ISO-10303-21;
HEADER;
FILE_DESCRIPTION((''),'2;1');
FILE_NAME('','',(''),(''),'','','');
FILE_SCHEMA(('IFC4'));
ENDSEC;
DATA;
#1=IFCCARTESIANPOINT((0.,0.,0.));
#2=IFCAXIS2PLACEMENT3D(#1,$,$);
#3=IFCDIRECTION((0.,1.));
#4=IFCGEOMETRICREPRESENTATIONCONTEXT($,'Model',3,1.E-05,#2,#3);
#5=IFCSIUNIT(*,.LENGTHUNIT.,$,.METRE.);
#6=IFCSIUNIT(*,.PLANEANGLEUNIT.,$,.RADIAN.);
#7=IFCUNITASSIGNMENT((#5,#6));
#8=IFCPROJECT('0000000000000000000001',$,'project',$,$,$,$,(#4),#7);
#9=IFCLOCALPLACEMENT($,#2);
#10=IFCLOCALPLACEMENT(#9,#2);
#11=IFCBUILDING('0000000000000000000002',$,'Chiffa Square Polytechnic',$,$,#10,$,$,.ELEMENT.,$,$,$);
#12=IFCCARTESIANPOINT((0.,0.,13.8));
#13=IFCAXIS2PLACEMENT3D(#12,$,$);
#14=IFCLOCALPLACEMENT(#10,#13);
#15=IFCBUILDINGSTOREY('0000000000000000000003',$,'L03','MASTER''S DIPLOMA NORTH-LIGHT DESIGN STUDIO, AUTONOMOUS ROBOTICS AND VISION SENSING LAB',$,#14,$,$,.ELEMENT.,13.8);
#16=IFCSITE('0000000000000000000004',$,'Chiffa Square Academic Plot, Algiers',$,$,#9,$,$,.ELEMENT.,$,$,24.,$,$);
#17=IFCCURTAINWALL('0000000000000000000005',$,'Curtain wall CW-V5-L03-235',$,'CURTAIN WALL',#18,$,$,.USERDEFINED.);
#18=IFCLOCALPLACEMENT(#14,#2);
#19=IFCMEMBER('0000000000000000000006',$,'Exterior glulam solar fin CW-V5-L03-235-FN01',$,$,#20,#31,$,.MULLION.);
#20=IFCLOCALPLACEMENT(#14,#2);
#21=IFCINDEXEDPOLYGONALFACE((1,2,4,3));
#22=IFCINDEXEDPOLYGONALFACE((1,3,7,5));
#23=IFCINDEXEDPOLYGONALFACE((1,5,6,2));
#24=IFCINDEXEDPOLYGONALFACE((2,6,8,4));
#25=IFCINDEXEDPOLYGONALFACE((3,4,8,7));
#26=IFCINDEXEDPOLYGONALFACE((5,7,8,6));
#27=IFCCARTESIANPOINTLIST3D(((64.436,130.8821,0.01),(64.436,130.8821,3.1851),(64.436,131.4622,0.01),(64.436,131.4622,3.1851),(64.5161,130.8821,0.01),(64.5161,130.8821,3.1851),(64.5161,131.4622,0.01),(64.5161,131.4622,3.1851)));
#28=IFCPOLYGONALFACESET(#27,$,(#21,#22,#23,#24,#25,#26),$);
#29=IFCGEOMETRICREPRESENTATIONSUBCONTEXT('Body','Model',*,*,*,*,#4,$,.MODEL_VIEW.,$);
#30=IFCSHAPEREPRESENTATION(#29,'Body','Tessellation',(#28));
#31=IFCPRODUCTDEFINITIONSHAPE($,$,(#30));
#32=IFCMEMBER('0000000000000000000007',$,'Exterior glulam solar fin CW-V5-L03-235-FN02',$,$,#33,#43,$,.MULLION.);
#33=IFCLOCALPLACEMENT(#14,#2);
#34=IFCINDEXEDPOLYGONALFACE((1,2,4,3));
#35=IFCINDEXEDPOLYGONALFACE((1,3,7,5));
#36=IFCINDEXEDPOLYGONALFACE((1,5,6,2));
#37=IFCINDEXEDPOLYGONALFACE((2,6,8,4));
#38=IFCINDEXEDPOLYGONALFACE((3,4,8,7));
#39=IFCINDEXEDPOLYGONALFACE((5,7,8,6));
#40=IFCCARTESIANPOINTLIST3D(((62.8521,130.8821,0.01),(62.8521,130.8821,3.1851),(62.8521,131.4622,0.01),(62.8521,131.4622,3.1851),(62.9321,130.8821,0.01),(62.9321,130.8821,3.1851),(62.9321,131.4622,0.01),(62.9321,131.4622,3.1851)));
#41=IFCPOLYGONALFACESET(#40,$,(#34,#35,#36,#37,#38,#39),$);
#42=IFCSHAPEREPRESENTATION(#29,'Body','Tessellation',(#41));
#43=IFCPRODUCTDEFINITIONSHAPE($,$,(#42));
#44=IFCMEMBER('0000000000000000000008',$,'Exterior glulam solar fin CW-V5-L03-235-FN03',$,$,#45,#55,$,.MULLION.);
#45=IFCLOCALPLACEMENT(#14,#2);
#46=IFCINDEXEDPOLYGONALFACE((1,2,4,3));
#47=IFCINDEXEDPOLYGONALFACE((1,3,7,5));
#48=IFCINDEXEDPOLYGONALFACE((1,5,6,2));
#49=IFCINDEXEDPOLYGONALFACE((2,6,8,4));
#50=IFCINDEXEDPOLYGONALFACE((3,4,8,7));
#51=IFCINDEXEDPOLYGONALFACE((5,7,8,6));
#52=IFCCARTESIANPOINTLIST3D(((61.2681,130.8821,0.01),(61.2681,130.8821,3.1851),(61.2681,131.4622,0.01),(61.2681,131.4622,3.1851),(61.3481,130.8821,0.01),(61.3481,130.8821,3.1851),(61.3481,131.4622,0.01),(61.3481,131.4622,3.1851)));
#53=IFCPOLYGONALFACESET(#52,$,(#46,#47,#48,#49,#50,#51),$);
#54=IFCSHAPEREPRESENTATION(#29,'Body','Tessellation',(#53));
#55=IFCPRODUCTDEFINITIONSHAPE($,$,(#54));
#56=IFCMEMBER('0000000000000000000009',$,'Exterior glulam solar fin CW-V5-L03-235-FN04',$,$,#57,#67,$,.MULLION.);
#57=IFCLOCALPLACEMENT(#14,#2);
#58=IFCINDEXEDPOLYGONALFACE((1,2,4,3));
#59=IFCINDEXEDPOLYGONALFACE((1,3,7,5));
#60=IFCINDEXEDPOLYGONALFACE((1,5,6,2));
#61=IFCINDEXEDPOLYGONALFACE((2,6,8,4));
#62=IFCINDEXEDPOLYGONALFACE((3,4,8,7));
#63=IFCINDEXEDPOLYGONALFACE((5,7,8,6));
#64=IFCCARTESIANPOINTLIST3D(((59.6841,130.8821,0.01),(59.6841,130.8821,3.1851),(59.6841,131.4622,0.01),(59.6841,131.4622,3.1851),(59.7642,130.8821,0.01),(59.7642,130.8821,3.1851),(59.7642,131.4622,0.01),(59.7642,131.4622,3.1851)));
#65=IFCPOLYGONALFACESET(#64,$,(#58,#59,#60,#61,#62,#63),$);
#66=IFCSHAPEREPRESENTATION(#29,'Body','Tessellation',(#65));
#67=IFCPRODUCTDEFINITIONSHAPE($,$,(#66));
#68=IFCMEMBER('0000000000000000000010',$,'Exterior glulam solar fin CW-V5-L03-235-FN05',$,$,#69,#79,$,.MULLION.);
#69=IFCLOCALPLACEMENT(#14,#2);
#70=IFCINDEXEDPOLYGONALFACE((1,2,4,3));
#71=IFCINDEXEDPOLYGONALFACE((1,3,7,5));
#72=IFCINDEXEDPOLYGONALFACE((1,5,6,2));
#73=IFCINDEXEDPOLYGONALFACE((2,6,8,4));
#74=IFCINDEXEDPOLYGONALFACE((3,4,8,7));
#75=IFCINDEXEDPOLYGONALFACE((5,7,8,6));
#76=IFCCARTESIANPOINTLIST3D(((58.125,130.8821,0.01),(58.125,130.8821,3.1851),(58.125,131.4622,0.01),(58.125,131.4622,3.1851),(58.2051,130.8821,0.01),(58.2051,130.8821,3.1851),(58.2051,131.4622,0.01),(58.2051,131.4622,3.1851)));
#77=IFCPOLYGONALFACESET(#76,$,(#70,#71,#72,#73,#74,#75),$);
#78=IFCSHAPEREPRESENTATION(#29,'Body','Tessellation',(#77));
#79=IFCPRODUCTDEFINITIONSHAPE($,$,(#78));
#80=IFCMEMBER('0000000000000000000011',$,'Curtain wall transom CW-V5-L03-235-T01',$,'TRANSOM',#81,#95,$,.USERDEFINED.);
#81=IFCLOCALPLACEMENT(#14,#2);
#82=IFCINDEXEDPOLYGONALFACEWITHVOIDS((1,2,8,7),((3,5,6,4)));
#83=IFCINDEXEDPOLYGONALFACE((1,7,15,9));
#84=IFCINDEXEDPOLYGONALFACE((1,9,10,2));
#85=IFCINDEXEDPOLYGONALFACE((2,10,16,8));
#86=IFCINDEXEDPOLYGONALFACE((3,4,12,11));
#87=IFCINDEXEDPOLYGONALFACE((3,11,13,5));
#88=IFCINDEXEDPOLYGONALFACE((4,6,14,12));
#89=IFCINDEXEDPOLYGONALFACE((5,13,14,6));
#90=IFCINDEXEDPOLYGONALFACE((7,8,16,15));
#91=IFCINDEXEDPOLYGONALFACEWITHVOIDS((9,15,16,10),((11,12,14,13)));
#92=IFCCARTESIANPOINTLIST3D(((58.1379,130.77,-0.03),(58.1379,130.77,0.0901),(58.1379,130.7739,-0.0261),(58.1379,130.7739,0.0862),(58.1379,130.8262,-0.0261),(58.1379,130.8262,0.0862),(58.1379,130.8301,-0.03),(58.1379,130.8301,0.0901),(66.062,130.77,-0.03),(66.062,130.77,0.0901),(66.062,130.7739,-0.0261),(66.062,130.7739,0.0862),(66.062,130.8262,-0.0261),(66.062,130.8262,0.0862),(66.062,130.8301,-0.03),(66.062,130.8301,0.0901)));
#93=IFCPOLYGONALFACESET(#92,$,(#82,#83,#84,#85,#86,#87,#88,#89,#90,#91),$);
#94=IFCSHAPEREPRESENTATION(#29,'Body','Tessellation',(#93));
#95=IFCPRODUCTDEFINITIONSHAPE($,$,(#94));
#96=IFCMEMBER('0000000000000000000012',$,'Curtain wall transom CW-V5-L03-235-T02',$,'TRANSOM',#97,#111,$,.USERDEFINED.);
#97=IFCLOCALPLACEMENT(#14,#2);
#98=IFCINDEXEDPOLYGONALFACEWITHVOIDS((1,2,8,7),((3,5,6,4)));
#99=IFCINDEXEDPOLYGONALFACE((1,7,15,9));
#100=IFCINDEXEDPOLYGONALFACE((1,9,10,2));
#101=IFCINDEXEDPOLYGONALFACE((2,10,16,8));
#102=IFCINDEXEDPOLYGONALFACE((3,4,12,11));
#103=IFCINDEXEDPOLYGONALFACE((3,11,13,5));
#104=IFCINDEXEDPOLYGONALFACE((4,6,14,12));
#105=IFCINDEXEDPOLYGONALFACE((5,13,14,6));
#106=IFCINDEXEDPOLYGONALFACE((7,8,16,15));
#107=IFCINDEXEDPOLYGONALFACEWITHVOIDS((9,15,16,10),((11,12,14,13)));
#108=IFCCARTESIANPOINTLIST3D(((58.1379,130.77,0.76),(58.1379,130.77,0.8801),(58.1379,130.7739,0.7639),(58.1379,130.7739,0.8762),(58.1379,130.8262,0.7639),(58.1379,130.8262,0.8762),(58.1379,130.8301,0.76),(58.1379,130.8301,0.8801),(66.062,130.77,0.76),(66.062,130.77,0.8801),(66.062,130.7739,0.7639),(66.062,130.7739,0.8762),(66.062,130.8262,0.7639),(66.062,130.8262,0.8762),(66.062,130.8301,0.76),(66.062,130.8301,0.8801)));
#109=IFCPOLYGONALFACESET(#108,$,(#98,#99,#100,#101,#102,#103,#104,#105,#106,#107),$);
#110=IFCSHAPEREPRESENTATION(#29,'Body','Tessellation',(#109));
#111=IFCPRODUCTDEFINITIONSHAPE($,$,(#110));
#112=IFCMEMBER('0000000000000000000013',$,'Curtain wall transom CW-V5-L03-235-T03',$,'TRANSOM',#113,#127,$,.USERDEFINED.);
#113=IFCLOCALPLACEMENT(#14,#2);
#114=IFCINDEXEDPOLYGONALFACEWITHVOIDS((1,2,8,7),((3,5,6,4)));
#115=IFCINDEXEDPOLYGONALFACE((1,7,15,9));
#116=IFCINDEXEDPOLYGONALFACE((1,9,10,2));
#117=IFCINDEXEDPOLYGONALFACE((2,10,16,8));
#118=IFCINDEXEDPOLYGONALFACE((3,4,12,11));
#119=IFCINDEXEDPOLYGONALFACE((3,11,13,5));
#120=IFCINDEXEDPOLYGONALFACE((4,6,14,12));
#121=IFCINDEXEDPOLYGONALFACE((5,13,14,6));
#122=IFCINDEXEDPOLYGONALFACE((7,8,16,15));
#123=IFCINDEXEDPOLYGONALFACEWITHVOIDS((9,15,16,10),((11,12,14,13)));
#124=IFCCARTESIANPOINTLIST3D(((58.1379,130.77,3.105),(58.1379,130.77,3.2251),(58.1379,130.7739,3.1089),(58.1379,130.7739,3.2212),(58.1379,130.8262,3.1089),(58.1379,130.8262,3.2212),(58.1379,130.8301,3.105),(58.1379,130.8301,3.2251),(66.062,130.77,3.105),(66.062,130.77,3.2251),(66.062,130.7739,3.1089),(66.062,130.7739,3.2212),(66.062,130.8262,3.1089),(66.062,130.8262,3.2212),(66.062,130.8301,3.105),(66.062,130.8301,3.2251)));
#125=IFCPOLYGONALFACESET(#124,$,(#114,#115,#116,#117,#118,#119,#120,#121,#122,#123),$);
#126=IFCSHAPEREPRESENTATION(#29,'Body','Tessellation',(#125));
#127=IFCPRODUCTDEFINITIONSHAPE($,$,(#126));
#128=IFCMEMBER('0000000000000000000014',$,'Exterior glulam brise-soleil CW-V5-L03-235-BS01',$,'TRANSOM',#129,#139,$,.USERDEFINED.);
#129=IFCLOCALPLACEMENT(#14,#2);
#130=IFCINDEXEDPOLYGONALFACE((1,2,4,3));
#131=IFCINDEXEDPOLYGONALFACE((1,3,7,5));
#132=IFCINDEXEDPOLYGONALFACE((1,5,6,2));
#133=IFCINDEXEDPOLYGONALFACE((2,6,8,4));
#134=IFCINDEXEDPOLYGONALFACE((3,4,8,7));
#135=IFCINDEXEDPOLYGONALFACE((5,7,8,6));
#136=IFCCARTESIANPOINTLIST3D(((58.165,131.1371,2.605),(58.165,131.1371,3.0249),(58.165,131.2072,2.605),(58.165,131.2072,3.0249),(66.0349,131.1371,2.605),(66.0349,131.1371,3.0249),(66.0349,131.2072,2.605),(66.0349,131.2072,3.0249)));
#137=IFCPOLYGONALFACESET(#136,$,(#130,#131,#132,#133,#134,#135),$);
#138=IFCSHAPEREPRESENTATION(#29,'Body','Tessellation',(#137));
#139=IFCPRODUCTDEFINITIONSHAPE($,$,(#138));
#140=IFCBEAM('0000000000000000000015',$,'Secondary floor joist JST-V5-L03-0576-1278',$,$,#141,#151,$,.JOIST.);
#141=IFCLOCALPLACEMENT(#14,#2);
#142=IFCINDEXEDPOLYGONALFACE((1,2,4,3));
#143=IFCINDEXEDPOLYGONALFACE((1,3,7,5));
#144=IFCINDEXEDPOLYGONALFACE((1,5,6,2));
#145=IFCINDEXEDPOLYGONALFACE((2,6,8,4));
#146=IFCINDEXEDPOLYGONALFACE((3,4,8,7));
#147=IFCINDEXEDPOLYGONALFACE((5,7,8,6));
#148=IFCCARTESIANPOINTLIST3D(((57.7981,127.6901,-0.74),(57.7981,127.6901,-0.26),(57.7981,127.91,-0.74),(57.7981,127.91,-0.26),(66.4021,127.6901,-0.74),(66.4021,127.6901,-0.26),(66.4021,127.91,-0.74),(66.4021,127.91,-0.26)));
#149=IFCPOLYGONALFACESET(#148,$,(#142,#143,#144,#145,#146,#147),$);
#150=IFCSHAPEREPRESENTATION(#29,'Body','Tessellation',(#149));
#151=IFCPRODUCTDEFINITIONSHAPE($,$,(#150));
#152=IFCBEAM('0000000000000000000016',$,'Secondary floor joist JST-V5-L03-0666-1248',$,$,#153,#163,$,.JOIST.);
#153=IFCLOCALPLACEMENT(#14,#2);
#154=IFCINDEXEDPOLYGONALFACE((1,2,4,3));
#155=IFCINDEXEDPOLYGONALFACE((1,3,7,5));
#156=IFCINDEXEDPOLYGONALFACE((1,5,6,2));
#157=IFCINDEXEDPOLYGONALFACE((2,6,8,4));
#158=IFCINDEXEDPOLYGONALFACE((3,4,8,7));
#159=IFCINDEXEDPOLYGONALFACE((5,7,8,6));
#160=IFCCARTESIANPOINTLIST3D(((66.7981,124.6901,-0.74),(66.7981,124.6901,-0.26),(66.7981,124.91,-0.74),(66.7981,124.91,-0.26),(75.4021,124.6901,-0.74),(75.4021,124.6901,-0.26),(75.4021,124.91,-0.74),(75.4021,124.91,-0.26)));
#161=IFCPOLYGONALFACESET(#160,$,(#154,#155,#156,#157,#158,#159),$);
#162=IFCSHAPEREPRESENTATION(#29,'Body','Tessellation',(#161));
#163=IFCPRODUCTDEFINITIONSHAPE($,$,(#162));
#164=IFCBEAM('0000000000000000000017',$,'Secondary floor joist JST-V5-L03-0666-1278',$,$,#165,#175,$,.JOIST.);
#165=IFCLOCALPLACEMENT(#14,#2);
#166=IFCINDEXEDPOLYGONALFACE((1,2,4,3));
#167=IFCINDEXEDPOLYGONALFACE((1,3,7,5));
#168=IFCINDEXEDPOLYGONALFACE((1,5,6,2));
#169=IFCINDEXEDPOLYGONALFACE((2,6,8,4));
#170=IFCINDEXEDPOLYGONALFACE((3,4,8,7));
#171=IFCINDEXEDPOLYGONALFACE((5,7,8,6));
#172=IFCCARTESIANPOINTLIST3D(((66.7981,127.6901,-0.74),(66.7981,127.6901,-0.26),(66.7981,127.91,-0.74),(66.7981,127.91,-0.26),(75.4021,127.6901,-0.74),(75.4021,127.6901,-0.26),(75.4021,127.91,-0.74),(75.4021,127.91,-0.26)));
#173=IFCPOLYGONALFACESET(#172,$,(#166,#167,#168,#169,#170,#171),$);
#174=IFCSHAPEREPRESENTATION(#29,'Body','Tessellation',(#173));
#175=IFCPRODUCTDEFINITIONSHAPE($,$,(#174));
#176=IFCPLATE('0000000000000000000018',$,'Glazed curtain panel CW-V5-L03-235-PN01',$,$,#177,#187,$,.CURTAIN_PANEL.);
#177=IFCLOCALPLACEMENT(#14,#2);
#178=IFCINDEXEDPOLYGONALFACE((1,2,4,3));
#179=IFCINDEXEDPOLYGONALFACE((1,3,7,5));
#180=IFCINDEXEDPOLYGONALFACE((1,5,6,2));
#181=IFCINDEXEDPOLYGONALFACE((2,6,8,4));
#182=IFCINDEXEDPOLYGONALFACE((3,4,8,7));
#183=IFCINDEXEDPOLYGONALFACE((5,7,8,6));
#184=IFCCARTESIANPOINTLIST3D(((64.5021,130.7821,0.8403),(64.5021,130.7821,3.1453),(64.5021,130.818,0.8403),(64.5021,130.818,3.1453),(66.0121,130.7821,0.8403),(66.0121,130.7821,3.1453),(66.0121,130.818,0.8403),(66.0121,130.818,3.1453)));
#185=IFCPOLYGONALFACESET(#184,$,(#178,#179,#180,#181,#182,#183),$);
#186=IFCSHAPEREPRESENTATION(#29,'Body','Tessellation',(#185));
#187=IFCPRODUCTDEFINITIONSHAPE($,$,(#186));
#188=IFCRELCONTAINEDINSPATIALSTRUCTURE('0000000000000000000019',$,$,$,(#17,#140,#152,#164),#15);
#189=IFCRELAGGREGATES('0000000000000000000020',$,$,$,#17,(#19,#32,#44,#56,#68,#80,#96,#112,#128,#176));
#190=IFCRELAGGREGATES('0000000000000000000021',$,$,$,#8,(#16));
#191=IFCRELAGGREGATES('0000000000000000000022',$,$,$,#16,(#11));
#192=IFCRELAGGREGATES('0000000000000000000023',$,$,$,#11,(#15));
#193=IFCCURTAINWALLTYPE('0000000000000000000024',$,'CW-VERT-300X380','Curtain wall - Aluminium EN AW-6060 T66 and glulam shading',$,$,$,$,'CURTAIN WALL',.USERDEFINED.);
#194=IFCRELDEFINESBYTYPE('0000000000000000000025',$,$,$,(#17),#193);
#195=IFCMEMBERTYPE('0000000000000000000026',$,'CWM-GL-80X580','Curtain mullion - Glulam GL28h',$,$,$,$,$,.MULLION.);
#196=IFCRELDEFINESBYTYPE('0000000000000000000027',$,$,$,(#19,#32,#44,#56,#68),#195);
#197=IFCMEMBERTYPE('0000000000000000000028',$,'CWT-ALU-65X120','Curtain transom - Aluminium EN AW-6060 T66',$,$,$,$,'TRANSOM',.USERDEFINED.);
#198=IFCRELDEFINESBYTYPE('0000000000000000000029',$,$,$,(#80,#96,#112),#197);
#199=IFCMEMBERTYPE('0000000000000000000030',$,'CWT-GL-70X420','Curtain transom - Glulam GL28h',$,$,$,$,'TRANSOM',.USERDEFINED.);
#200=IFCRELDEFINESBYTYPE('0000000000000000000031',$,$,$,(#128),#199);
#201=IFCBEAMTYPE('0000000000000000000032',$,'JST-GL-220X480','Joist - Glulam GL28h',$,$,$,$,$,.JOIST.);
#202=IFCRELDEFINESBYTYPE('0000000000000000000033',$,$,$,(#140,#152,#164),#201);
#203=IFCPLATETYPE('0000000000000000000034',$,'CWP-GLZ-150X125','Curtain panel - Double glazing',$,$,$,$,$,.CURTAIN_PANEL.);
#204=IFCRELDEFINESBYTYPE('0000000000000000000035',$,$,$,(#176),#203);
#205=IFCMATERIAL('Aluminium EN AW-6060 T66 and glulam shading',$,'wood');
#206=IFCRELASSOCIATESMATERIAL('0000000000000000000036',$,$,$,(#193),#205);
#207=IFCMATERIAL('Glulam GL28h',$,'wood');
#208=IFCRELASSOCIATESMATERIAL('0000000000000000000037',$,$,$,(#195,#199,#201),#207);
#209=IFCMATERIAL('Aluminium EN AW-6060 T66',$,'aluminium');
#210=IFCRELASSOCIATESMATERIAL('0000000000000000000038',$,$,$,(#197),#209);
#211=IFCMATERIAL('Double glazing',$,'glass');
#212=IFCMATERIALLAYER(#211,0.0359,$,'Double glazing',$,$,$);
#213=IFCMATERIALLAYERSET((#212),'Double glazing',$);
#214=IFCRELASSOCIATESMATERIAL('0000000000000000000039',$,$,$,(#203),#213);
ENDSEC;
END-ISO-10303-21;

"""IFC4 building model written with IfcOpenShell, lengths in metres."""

from ifc_helpers import new_model, si_unit, direction, frame, origin, origin_2d, place, context, subcontext, project, spatial, rectangle, hollow_rectangle, extrude, material, layer, layer_set, material_profile, profile_set, type_object, element, aggregate, save


model = new_model("IFC4")

# Units and contexts
model_context = context("Model", 3, precision=1e-05, world=origin(), true_north=direction((0.0, 1.0)))
body_context = subcontext(model_context, "Body", "Model", "MODEL_VIEW")
ifc_project = project(units=[si_unit("LENGTHUNIT", "METRE"), si_unit("PLANEANGLEUNIT", "RADIAN")], contexts=[model_context])

# Site, building, storey
site_placement = place(None, origin())
site = spatial("IfcSite", under=ifc_project, at=site_placement, Name="Chiffa Square Academic Plot, Algiers", CompositionType="ELEMENT", RefElevation=24.0)
building_placement = place(site_placement, origin())
building = spatial("IfcBuilding", under=site, at=building_placement, Name="Chiffa Square Polytechnic", CompositionType="ELEMENT")
storey_placement = place(building_placement, frame((0.0, 0.0, 13.8)))
storey = spatial("IfcBuildingStorey", under=building, at=storey_placement, Name="L03", Description="MASTER'S DIPLOMA NORTH-LIGHT DESIGN STUDIO, AUTONOMOUS ROBOTICS AND VISION SENSING LAB", CompositionType="ELEMENT", Elevation=13.8)

# Curtain wall, members
ifc_material_1 = material(Name="Aluminium EN AW-6060 T66 and glulam shading", Category="wood")
curtain_wall_type = type_object("IfcCurtainWallType", Name="CW-VERT-300X380", Description="Curtain wall - Aluminium EN AW-6060 T66 and glulam shading", ElementType="CURTAIN WALL", PredefinedType="USERDEFINED", material=ifc_material_1)
curtain_wall_placement = place(storey_placement, origin())
curtain_wall = element("IfcCurtainWall", 1, at=curtain_wall_placement, inside=storey, type_object=curtain_wall_type, Name="Curtain wall CW-V5-L03-235", ObjectType="CURTAIN WALL", PredefinedType="USERDEFINED")
ifc_material_2 = material(Name="Aluminium EN AW-6060 T66", Category="aluminium")
ifc_material_3 = material(Name="Glulam GL28h", Category="wood")
ifc_material_profile_1 = material_profile(ifc_material_3, rectangle(XDim=0.0801, YDim=0.5801, at=origin_2d()), Name="GL28h 80x580")
ifc_profile_set_1 = profile_set([ifc_material_profile_1], Name="Glulam GL28h")
member_type_1 = type_object("IfcMemberType", Name="CWM-GL-80X580", Description="Curtain mullion - Glulam GL28h", PredefinedType="MULLION", material=ifc_profile_set_1)
member_1_placement = place(storey_placement, frame((64.4761, 131.1721, 0.01), z_axis=(0.0, 0.0, 1.0), x_axis=(-1.0, 0.0, 0.0)))
member_1 = element("IfcMember", 2, at=member_1_placement, type_object=member_type_1, Name="Exterior glulam solar fin CW-V5-L03-235-FN01", PredefinedType="MULLION", context=body_context, shape_type="SweptSolid", body=[
    extrude(rectangle(XDim=0.0801, YDim=0.5801, at=origin_2d()), origin(), (0.0, 0.0, 1.0), 3.175),
])
member_2_placement = place(storey_placement, frame((62.8921, 131.1721, 0.01), z_axis=(0.0, 0.0, 1.0), x_axis=(-1.0, 0.0, 0.0)))
member_2 = element("IfcMember", 3, at=member_2_placement, type_object=member_type_1, Name="Exterior glulam solar fin CW-V5-L03-235-FN02", PredefinedType="MULLION", context=body_context, shape_type="SweptSolid", body=[
    extrude(rectangle(XDim=0.0801, YDim=0.5801, at=origin_2d()), origin(), (0.0, 0.0, 1.0), 3.175),
])
member_3_placement = place(storey_placement, frame((61.3081, 131.1721, 0.01), z_axis=(0.0, 0.0, 1.0), x_axis=(-1.0, 0.0, 0.0)))
member_3 = element("IfcMember", 4, at=member_3_placement, type_object=member_type_1, Name="Exterior glulam solar fin CW-V5-L03-235-FN03", PredefinedType="MULLION", context=body_context, shape_type="SweptSolid", body=[
    extrude(rectangle(XDim=0.0801, YDim=0.5801, at=origin_2d()), origin(), (0.0, 0.0, 1.0), 3.175),
])
member_4_placement = place(storey_placement, frame((59.7241, 131.1721, 0.01), z_axis=(0.0, 0.0, 1.0), x_axis=(-1.0, 0.0, 0.0)))
member_4 = element("IfcMember", 5, at=member_4_placement, type_object=member_type_1, Name="Exterior glulam solar fin CW-V5-L03-235-FN04", PredefinedType="MULLION", context=body_context, shape_type="SweptSolid", body=[
    extrude(rectangle(XDim=0.0801, YDim=0.5801, at=origin_2d()), origin(), (0.0, 0.0, 1.0), 3.175),
])
member_5_placement = place(storey_placement, frame((58.165, 131.1721, 0.01), z_axis=(0.0, 0.0, 1.0), x_axis=(-1.0, 0.0, 0.0)))
member_5 = element("IfcMember", 6, at=member_5_placement, type_object=member_type_1, Name="Exterior glulam solar fin CW-V5-L03-235-FN05", PredefinedType="MULLION", context=body_context, shape_type="SweptSolid", body=[
    extrude(rectangle(XDim=0.0801, YDim=0.5801, at=origin_2d()), origin(), (0.0, 0.0, 1.0), 3.175),
])
ifc_material_profile_2 = material_profile(ifc_material_2, hollow_rectangle(XDim=0.0601, YDim=0.1201, WallThickness=0.0039, at=origin_2d()), Name="ALU 60x120x4")
ifc_profile_set_2 = profile_set([ifc_material_profile_2], Name="Aluminium EN AW-6060 T66")
member_type_2 = type_object("IfcMemberType", Name="CWT-ALU-65X120", Description="Curtain transom - Aluminium EN AW-6060 T66", ElementType="TRANSOM", PredefinedType="USERDEFINED", material=ifc_profile_set_2)
member_6_placement = place(storey_placement, frame((66.062, 130.8, 0.03), z_axis=(-1.0, 0.0, 0.0), x_axis=(0.0, -1.0, 0.0)))
member_6 = element("IfcMember", 7, at=member_6_placement, type_object=member_type_2, Name="Curtain wall transom CW-V5-L03-235-T01", ObjectType="TRANSOM", PredefinedType="USERDEFINED", context=body_context, shape_type="SweptSolid", body=[
    extrude(hollow_rectangle(XDim=0.0601, YDim=0.1201, WallThickness=0.0039, at=origin_2d()), origin(), (0.0, 0.0, 1.0), 7.9241),
])
member_7_placement = place(storey_placement, frame((66.062, 130.8, 0.8201), z_axis=(-1.0, 0.0, 0.0), x_axis=(0.0, -1.0, 0.0)))
member_7 = element("IfcMember", 8, at=member_7_placement, type_object=member_type_2, Name="Curtain wall transom CW-V5-L03-235-T02", ObjectType="TRANSOM", PredefinedType="USERDEFINED", context=body_context, shape_type="SweptSolid", body=[
    extrude(hollow_rectangle(XDim=0.0601, YDim=0.1201, WallThickness=0.0039, at=origin_2d()), origin(), (0.0, 0.0, 1.0), 7.9241),
])
member_8_placement = place(storey_placement, frame((66.062, 130.8, 3.165), z_axis=(-1.0, 0.0, 0.0), x_axis=(0.0, -1.0, 0.0)))
member_8 = element("IfcMember", 9, at=member_8_placement, type_object=member_type_2, Name="Curtain wall transom CW-V5-L03-235-T03", ObjectType="TRANSOM", PredefinedType="USERDEFINED", context=body_context, shape_type="SweptSolid", body=[
    extrude(hollow_rectangle(XDim=0.0601, YDim=0.1201, WallThickness=0.0039, at=origin_2d()), origin(), (0.0, 0.0, 1.0), 7.9241),
])
ifc_material_profile_3 = material_profile(ifc_material_3, rectangle(XDim=0.0701, YDim=0.4199, at=origin_2d()), Name="GL28h 70x420")
ifc_profile_set_3 = profile_set([ifc_material_profile_3], Name="Glulam GL28h")
member_type_3 = type_object("IfcMemberType", Name="CWT-GL-70X420", Description="Curtain transom - Glulam GL28h", ElementType="TRANSOM", PredefinedType="USERDEFINED", material=ifc_profile_set_3)
member_9_placement = place(storey_placement, frame((66.0349, 131.1721, 2.8149), z_axis=(-1.0, 0.0, 0.0), x_axis=(0.0, -1.0, 0.0)))
member_9 = element("IfcMember", 10, at=member_9_placement, type_object=member_type_3, Name="Exterior glulam brise-soleil CW-V5-L03-235-BS01", ObjectType="TRANSOM", PredefinedType="USERDEFINED", context=body_context, shape_type="SweptSolid", body=[
    extrude(rectangle(XDim=0.0701, YDim=0.4199, at=origin_2d()), origin(), (0.0, 0.0, 1.0), 7.8699),
])

# Beams
ifc_material_profile_4 = material_profile(ifc_material_3, rectangle(XDim=0.22, YDim=0.48, at=origin_2d()), Name="GL28h 220x480")
ifc_profile_set_4 = profile_set([ifc_material_profile_4], Name="Glulam GL28h")
beam_type_1 = type_object("IfcBeamType", Name="JST-GL-220X480", Description="Joist - Glulam GL28h", PredefinedType="JOIST", material=ifc_profile_set_4)
for number, where, z_axis, x_axis, name in (
    (11, (57.7981, 127.8, -0.5), (1.0, 0.0, 0.0), (0.0, 1.0, 0.0), "Secondary floor joist JST-V5-L03-0576-1278"),
    (12, (66.7981, 124.8, -0.5), (1.0, 0.0, 0.0), (0.0, 1.0, 0.0), "Secondary floor joist JST-V5-L03-0666-1248"),
    (13, (66.7981, 127.8, -0.5), (1.0, 0.0, 0.0), (0.0, 1.0, 0.0), "Secondary floor joist JST-V5-L03-0666-1278"),
):
    element("IfcBeam", number, at=place(storey_placement, frame(where, z_axis=z_axis, x_axis=x_axis)), inside=storey, type_object=beam_type_1, Name=name, PredefinedType="JOIST", context=body_context, shape_type="SweptSolid", body=[
        extrude(rectangle(XDim=0.22, YDim=0.48, at=origin_2d()), origin(), (0.0, 0.0, 1.0), 8.604),
    ])

# Plate
ifc_material_4 = material(Name="Double glazing", Category="glass")
ifc_layer_1 = layer(ifc_material_4, 0.0359, Name="Double glazing")
ifc_layer_set_1 = layer_set([ifc_layer_1], Name="Double glazing")
plate_type_1 = type_object("IfcPlateType", Name="CWP-GLZ-150X125", Description="Curtain panel - Double glazing", PredefinedType="CURTAIN_PANEL", material=ifc_layer_set_1)
plate_1_placement = place(storey_placement, frame((65.2571, 130.8, 0.8403), z_axis=(0.0, 0.0, 1.0), x_axis=(-1.0, 0.0, 0.0)))
plate_1 = element("IfcPlate", 14, at=plate_1_placement, type_object=plate_type_1, Name="Glazed curtain panel CW-V5-L03-235-PN01", PredefinedType="CURTAIN_PANEL", context=body_context, shape_type="SweptSolid", body=[
    extrude(rectangle(XDim=1.51, YDim=0.0359, at=origin_2d()), origin(), (0.0, 0.0, 1.0), 2.3049),
])
aggregate(curtain_wall, [member_1, member_2, member_3, member_4, member_5, member_6, member_7, member_8, member_9, plate_1])

save(model, "model.ifc")
